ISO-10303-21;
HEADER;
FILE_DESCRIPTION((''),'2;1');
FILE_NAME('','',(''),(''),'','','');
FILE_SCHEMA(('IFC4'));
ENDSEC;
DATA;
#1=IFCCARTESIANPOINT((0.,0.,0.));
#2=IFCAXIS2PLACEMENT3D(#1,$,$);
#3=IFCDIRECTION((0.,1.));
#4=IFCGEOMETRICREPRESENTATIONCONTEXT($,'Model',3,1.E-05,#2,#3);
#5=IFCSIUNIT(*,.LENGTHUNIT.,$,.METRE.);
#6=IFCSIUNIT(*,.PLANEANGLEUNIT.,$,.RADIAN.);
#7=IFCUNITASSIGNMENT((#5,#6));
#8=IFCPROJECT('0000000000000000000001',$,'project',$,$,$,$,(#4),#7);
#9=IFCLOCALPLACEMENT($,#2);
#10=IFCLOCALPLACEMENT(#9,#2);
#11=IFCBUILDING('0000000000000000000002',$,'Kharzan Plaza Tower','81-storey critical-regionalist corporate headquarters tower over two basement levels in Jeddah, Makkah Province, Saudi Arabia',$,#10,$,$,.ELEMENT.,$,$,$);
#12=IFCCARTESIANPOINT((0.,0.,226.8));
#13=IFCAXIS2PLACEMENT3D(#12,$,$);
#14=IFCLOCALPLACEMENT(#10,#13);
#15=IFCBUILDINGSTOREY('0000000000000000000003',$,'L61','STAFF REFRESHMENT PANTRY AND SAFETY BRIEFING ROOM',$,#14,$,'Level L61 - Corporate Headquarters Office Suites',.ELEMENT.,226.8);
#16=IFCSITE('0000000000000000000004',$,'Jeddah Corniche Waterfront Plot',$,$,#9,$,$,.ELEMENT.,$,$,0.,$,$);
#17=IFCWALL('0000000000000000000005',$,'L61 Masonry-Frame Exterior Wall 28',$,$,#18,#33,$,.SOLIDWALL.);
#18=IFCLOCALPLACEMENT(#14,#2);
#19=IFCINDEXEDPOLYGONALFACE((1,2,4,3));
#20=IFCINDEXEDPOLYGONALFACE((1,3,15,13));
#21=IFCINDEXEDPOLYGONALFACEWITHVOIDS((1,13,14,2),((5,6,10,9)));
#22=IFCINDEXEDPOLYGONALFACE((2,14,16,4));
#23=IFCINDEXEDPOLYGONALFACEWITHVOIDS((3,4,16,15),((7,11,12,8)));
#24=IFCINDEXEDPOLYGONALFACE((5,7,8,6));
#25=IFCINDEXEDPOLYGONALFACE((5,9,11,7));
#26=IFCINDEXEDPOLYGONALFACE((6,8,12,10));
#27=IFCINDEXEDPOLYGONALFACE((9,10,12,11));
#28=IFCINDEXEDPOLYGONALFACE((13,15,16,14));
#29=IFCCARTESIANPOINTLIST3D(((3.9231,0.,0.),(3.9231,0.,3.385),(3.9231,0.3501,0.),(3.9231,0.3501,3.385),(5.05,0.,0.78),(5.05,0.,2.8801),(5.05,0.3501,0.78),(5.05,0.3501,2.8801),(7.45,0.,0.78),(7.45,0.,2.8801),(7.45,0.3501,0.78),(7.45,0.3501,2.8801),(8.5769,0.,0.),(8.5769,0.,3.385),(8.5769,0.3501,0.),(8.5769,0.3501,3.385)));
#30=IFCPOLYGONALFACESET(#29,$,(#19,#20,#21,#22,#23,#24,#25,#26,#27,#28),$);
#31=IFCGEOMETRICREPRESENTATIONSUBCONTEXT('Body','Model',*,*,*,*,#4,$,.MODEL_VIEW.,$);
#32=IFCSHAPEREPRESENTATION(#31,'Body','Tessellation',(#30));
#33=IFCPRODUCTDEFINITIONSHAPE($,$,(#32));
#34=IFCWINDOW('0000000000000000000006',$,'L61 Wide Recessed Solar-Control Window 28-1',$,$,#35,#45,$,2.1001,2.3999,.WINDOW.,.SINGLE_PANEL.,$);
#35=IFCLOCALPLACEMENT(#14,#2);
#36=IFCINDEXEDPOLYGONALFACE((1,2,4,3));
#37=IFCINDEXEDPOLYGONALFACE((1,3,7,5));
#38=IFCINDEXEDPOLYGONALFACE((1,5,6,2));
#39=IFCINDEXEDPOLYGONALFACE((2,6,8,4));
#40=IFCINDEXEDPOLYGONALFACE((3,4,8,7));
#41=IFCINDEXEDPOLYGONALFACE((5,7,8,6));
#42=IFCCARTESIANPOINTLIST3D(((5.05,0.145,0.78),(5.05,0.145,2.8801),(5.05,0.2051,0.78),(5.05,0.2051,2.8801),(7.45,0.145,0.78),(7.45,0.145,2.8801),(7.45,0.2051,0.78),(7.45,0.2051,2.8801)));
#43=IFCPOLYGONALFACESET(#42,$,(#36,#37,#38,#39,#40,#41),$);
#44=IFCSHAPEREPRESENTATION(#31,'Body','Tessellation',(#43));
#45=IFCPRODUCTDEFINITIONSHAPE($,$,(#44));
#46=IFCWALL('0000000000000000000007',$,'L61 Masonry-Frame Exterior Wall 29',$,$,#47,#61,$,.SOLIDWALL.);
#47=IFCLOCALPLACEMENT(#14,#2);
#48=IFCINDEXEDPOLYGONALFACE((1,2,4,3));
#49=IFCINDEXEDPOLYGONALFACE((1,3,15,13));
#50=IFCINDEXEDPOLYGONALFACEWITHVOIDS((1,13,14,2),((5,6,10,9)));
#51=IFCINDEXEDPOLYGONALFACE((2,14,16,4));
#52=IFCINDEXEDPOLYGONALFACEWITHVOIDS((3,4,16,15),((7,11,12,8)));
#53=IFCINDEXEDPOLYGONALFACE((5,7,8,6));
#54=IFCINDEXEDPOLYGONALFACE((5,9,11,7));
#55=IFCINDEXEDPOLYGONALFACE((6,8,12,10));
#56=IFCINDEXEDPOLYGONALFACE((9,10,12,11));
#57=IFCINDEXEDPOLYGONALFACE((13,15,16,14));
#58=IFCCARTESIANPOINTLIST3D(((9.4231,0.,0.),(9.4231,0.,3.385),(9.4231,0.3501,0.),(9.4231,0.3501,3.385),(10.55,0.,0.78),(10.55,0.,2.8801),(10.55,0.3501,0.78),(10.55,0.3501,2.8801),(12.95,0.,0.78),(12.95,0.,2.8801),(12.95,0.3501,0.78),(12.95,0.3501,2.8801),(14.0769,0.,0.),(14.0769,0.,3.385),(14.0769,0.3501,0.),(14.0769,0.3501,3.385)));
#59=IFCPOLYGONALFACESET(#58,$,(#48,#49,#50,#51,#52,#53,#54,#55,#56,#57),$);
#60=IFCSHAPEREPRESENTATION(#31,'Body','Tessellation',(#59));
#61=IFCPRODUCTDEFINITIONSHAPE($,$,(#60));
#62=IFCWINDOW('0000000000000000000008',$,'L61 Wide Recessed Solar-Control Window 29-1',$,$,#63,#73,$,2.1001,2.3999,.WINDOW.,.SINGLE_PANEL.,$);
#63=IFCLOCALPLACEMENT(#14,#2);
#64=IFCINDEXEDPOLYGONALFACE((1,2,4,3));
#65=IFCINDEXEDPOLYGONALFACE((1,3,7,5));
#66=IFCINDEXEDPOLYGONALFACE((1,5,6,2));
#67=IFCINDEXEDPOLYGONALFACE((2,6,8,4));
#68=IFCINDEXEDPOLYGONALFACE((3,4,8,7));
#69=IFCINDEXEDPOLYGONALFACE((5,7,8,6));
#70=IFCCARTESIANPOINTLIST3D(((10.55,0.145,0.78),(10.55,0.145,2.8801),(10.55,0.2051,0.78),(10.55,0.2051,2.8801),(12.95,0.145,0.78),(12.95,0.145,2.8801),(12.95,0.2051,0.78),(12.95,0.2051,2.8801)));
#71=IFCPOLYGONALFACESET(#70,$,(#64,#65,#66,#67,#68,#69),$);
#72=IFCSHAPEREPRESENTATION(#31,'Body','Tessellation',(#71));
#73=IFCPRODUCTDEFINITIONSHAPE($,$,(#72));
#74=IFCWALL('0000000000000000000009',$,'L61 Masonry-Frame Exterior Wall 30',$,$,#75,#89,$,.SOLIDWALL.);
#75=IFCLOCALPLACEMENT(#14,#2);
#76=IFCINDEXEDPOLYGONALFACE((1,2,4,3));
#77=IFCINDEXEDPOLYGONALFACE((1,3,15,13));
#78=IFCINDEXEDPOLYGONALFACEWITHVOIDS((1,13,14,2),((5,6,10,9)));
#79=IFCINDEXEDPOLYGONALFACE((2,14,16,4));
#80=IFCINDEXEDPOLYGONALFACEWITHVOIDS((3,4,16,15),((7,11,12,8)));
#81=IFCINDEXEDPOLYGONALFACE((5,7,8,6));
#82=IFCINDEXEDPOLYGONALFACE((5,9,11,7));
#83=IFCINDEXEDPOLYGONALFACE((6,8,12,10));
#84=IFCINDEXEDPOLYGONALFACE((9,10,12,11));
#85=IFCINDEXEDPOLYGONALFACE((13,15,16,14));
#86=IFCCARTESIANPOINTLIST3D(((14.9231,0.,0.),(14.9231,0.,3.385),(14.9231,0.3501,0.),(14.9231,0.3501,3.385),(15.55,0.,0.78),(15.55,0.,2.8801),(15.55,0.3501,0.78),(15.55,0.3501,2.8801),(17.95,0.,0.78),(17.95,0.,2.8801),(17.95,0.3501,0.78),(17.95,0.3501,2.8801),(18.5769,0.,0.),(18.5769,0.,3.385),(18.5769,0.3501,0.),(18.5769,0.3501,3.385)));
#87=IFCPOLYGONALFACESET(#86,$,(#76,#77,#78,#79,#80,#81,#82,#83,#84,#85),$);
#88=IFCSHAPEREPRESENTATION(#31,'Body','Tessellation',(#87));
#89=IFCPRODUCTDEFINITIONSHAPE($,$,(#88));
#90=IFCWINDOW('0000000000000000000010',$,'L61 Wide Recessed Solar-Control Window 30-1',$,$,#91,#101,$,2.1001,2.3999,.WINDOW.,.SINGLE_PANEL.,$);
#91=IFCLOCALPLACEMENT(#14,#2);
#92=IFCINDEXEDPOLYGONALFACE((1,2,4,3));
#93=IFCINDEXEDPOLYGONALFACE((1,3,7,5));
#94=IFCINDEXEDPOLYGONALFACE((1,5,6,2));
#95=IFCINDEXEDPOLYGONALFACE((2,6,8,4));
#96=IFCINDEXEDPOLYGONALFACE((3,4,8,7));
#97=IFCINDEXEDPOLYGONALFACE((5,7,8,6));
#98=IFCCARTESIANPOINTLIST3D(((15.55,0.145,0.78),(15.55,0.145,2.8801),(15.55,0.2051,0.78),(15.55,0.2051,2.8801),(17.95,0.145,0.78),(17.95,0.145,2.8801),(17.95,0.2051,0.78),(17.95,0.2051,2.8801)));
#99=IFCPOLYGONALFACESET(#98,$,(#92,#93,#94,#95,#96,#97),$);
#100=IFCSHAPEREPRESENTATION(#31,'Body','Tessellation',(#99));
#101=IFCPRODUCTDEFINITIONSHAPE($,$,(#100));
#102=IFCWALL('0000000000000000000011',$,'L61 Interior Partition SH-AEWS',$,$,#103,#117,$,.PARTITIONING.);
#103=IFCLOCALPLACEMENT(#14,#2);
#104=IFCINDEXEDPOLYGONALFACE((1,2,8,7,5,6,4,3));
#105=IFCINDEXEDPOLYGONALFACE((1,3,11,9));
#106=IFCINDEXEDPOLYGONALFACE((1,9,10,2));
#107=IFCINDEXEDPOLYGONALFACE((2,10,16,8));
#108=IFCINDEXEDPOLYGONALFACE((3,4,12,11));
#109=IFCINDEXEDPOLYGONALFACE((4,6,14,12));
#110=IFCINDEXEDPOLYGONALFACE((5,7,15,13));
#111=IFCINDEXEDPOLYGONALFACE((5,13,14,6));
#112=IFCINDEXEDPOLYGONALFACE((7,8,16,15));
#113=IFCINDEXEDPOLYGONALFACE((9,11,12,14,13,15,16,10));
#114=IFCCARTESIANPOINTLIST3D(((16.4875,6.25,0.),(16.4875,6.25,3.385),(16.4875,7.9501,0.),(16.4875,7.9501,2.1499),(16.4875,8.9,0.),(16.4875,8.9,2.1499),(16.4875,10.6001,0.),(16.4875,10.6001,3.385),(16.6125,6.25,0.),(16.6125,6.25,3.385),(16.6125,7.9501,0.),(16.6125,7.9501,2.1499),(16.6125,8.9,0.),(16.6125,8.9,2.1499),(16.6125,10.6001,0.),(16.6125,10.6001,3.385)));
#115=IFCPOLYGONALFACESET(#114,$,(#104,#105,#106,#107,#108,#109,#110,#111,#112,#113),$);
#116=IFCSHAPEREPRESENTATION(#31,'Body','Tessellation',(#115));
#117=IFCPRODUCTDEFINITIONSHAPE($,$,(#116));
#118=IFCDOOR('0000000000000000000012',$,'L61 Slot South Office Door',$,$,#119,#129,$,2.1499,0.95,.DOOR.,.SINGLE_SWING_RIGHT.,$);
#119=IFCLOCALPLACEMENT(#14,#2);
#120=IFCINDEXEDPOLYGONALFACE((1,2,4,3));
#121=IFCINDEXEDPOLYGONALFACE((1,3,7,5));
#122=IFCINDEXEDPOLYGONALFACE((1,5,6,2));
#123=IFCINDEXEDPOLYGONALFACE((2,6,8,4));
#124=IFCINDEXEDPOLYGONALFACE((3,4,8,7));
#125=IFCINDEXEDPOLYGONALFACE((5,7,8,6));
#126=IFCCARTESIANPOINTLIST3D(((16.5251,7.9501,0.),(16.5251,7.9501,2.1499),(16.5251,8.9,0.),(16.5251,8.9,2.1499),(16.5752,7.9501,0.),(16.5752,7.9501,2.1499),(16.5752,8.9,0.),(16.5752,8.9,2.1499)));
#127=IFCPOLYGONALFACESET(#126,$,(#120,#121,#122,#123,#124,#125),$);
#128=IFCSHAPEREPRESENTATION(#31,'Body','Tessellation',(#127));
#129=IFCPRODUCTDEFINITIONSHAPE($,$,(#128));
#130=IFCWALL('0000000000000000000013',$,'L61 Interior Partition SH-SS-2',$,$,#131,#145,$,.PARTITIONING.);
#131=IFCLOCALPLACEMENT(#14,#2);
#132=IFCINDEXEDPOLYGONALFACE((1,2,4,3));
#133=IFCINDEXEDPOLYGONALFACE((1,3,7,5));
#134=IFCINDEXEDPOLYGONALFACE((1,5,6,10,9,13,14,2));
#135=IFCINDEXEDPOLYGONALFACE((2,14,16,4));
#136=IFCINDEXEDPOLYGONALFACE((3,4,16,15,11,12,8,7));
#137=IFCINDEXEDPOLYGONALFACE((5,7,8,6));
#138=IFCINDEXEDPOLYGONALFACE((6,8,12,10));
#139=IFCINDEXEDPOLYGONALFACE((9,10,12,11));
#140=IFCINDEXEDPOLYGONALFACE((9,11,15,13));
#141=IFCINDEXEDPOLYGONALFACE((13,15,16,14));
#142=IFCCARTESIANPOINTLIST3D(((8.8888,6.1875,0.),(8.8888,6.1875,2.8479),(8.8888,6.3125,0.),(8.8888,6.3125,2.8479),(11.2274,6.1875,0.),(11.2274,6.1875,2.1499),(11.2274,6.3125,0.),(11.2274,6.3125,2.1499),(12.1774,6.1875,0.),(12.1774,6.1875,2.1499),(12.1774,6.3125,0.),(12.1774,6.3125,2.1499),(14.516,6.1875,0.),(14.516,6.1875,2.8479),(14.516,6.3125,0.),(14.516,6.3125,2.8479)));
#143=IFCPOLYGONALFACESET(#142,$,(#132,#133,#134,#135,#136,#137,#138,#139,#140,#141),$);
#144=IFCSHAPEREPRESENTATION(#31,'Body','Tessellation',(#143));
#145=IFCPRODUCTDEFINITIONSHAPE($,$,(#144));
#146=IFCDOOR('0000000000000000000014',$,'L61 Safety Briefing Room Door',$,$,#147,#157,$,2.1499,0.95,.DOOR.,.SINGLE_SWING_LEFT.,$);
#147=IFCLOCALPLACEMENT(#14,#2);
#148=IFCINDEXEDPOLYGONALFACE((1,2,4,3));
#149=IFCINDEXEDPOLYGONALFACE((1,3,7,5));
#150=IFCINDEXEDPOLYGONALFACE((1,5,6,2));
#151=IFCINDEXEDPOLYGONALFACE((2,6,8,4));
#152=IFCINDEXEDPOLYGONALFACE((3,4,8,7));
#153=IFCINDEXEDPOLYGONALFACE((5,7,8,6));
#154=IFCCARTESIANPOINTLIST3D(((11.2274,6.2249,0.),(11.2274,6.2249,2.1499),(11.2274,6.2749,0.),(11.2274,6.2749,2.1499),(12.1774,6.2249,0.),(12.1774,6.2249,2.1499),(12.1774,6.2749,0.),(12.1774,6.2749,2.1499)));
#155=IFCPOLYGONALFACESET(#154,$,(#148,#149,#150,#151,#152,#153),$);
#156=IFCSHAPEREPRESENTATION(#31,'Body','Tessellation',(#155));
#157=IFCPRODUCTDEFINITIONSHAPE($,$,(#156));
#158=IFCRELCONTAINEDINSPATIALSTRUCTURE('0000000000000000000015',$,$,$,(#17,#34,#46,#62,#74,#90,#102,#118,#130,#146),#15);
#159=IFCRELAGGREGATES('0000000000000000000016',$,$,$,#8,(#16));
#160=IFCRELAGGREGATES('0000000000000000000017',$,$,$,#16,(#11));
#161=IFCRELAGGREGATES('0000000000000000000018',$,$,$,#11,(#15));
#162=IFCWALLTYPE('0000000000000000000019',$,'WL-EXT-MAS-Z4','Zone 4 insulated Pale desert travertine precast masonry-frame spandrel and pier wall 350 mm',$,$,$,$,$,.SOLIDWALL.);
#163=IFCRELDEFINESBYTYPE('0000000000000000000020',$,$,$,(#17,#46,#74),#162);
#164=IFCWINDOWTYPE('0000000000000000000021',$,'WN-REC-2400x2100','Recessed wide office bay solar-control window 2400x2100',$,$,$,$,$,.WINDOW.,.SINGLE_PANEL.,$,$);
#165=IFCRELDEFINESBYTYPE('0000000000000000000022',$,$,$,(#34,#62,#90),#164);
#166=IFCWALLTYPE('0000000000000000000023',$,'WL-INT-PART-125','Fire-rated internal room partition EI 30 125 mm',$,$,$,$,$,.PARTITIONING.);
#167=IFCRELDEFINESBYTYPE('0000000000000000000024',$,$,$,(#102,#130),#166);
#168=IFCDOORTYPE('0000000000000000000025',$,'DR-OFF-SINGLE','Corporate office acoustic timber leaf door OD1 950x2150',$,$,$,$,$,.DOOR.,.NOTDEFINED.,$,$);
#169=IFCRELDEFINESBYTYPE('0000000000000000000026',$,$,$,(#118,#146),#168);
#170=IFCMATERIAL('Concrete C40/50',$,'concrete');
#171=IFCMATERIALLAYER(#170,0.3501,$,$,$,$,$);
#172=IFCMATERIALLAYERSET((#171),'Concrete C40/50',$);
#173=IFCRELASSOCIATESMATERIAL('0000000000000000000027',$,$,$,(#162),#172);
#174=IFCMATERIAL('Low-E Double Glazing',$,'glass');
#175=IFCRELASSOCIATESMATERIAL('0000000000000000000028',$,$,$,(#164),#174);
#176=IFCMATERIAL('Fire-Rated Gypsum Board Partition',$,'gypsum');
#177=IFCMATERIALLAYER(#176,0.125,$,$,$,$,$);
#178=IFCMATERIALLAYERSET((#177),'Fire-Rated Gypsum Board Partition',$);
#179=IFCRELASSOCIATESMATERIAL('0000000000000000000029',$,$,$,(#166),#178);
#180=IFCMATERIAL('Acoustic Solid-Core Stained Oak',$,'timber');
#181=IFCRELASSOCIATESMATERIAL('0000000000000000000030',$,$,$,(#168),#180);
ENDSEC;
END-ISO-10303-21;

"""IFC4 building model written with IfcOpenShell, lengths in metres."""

from ifc_helpers import new_model, si_unit, direction, frame, frame_2d, origin, place, context, subcontext, project, spatial, rectangle, extrude, source, transform, mapped, material, layer, layer_set, type_object, element, fill, save


model = new_model("IFC4")

# Units and contexts
model_context = context("Model", 3, precision=1e-05, world=origin(), true_north=direction((0.0, 1.0)))
body_context = subcontext(model_context, "Body", "Model", "MODEL_VIEW")
ifc_project = project(units=[si_unit("LENGTHUNIT", "METRE"), si_unit("PLANEANGLEUNIT", "RADIAN")], contexts=[model_context])

# Site, building, storey
site_placement = place(None, origin())
site = spatial("IfcSite", under=ifc_project, at=site_placement, Name="Jeddah Corniche Waterfront Plot", CompositionType="ELEMENT", RefElevation=0.0)
building_placement = place(site_placement, origin())
building = spatial("IfcBuilding", under=site, at=building_placement, Name="Kharzan Plaza Tower", Description="81-storey critical-regionalist corporate headquarters tower over two basement levels in Jeddah, Makkah Province, Saudi Arabia", CompositionType="ELEMENT")
storey_placement = place(building_placement, frame((0.0, 0.0, 226.8)))
storey = spatial("IfcBuildingStorey", under=building, at=storey_placement, Name="L61", Description="STAFF REFRESHMENT PANTRY AND SAFETY BRIEFING ROOM", LongName="Level L61 - Corporate Headquarters Office Suites", CompositionType="ELEMENT", Elevation=226.8)

# Walls, openings, windows
ifc_material_1 = material(Name="Concrete C40/50", Category="concrete")
ifc_layer_1 = layer(ifc_material_1, 0.3501)
ifc_layer_set_1 = layer_set([ifc_layer_1], Name="Concrete C40/50")
wall_type_1 = type_object("IfcWallType", Name="WL-EXT-MAS-Z4", Description="Zone 4 insulated Pale desert travertine precast masonry-frame spandrel and pier wall 350 mm", PredefinedType="SOLIDWALL", material=ifc_layer_set_1)
ifc_material_2 = material(Name="Low-E Double Glazing", Category="glass")
wall_1_placement = place(storey_placement, frame((3.9231, 0.175, 0.0), z_axis=(0.0, 0.0, 1.0), x_axis=(1.0, 0.0, 0.0)))
wall_1 = element("IfcWall", 1, at=wall_1_placement, inside=storey, type_object=wall_type_1, Name="L61 Masonry-Frame Exterior Wall 28", PredefinedType="SOLIDWALL", context=body_context, shape_type="SweptSolid", body=[
    extrude(rectangle(XDim=4.6538, YDim=0.3501, at=frame_2d((2.3269, 0.0))), origin(), (0.0, 0.0, 1.0), 3.385),
])
opening_1_placement = place(wall_1_placement, frame((1.127, 0.0, 0.78)))
opening_1 = element("IfcOpeningElement", 2, at=opening_1_placement, cuts=wall_1, PredefinedType="OPENING", context=body_context, shape_type="SweptSolid", body=[
    extrude(rectangle(XDim=2.3999, YDim=2.1001, at=frame_2d((1.2, 1.05))), frame((0.0, 0.1851, 0.0), z_axis=(0.0, -1.0, 0.0), x_axis=(1.0, 0.0, 0.0)), (0.0, 0.0, 1.0), 0.3701),
])
window_type_1 = type_object("IfcWindowType", Name="WN-REC-2400x2100", Description="Recessed wide office bay solar-control window 2400x2100", PartitioningType="SINGLE_PANEL", PredefinedType="WINDOW", material=ifc_material_2)
shared_shape_1 = source(origin(), body_context, "Body", "SweptSolid", [
    extrude(rectangle(XDim=2.3999, YDim=2.1001, at=frame_2d((1.2, 1.05))), frame((0.0, 0.03, 0.0), z_axis=(0.0, -1.0, 0.0), x_axis=(1.0, 0.0, 0.0)), (0.0, 0.0, 1.0), 0.0601),
])
window_1_placement = place(opening_1_placement, origin())
window_1 = element("IfcWindow", 3, at=window_1_placement, inside=storey, type_object=window_type_1, Name="L61 Wide Recessed Solar-Control Window 28-1", OverallHeight=2.1001, OverallWidth=2.3999, PartitioningType="SINGLE_PANEL", PredefinedType="WINDOW", context=body_context, shape_type="MappedRepresentation", body=[
    mapped(shared_shape_1, transform((0.0, 0.0, 0.0), x_axis=(1.0, 0.0, 0.0), y_axis=(0.0, 1.0, 0.0), z_axis=(0.0, 0.0, 1.0))),
])
fill(opening_1, window_1)
wall_2_placement = place(storey_placement, frame((9.4231, 0.175, 0.0), z_axis=(0.0, 0.0, 1.0), x_axis=(1.0, 0.0, 0.0)))
wall_2 = element("IfcWall", 4, at=wall_2_placement, inside=storey, type_object=wall_type_1, Name="L61 Masonry-Frame Exterior Wall 29", PredefinedType="SOLIDWALL", context=body_context, shape_type="SweptSolid", body=[
    extrude(rectangle(XDim=4.6538, YDim=0.3501, at=frame_2d((2.3269, 0.0))), origin(), (0.0, 0.0, 1.0), 3.385),
])
opening_2_placement = place(wall_2_placement, frame((1.127, 0.0, 0.78)))
opening_2 = element("IfcOpeningElement", 5, at=opening_2_placement, cuts=wall_2, PredefinedType="OPENING", context=body_context, shape_type="SweptSolid", body=[
    extrude(rectangle(XDim=2.3999, YDim=2.1001, at=frame_2d((1.2, 1.05))), frame((0.0, 0.1851, 0.0), z_axis=(0.0, -1.0, 0.0), x_axis=(1.0, 0.0, 0.0)), (0.0, 0.0, 1.0), 0.3701),
])
window_2_placement = place(opening_2_placement, origin())
window_2 = element("IfcWindow", 6, at=window_2_placement, inside=storey, type_object=window_type_1, Name="L61 Wide Recessed Solar-Control Window 29-1", OverallHeight=2.1001, OverallWidth=2.3999, PartitioningType="SINGLE_PANEL", PredefinedType="WINDOW", context=body_context, shape_type="MappedRepresentation", body=[
    mapped(shared_shape_1, transform((0.0, 0.0, 0.0), x_axis=(1.0, 0.0, 0.0), y_axis=(0.0, 1.0, 0.0), z_axis=(0.0, 0.0, 1.0))),
])
fill(opening_2, window_2)
wall_3_placement = place(storey_placement, frame((14.9231, 0.175, 0.0), z_axis=(0.0, 0.0, 1.0), x_axis=(1.0, 0.0, 0.0)))
wall_3 = element("IfcWall", 7, at=wall_3_placement, inside=storey, type_object=wall_type_1, Name="L61 Masonry-Frame Exterior Wall 30", PredefinedType="SOLIDWALL", context=body_context, shape_type="SweptSolid", body=[
    extrude(rectangle(XDim=3.6538, YDim=0.3501, at=frame_2d((1.8269, 0.0))), origin(), (0.0, 0.0, 1.0), 3.385),
])
opening_3_placement = place(wall_3_placement, frame((0.627, 0.0, 0.78)))
opening_3 = element("IfcOpeningElement", 8, at=opening_3_placement, cuts=wall_3, PredefinedType="OPENING", context=body_context, shape_type="SweptSolid", body=[
    extrude(rectangle(XDim=2.3999, YDim=2.1001, at=frame_2d((1.2, 1.05))), frame((0.0, 0.1851, 0.0), z_axis=(0.0, -1.0, 0.0), x_axis=(1.0, 0.0, 0.0)), (0.0, 0.0, 1.0), 0.3701),
])
window_3_placement = place(opening_3_placement, origin())
window_3 = element("IfcWindow", 9, at=window_3_placement, inside=storey, type_object=window_type_1, Name="L61 Wide Recessed Solar-Control Window 30-1", OverallHeight=2.1001, OverallWidth=2.3999, PartitioningType="SINGLE_PANEL", PredefinedType="WINDOW", context=body_context, shape_type="MappedRepresentation", body=[
    mapped(shared_shape_1, transform((0.0, 0.0, 0.0), x_axis=(1.0, 0.0, 0.0), y_axis=(0.0, 1.0, 0.0), z_axis=(0.0, 0.0, 1.0))),
])
fill(opening_3, window_3)

# Walls, openings, doors
ifc_material_3 = material(Name="Fire-Rated Gypsum Board Partition", Category="gypsum")
ifc_layer_2 = layer(ifc_material_3, 0.125)
ifc_layer_set_2 = layer_set([ifc_layer_2], Name="Fire-Rated Gypsum Board Partition")
wall_type_2 = type_object("IfcWallType", Name="WL-INT-PART-125", Description="Fire-rated internal room partition EI 30 125 mm", PredefinedType="PARTITIONING", material=ifc_layer_set_2)
wall_4_placement = place(storey_placement, frame((16.55, 6.25, 0.0), z_axis=(0.0, 0.0, 1.0), x_axis=(0.0, 1.0, 0.0)))
wall_4 = element("IfcWall", 10, at=wall_4_placement, inside=storey, type_object=wall_type_2, Name="L61 Interior Partition SH-AEWS", PredefinedType="PARTITIONING", context=body_context, shape_type="SweptSolid", body=[
    extrude(rectangle(XDim=4.3501, YDim=0.125, at=frame_2d((2.175, 0.0))), origin(), (0.0, 0.0, 1.0), 3.385),
])
opening_4_placement = place(wall_4_placement, frame((1.7, 0.0, 0.0)))
opening_4 = element("IfcOpeningElement", 11, at=opening_4_placement, cuts=wall_4, PredefinedType="OPENING", context=body_context, shape_type="SweptSolid", body=[
    extrude(rectangle(XDim=0.95, YDim=2.1499, at=frame_2d((0.4751, 1.075))), frame((0.0, 0.0725, 0.0), z_axis=(0.0, -1.0, 0.0), x_axis=(1.0, 0.0, 0.0)), (0.0, 0.0, 1.0), 0.145),
])
ifc_material_4 = material(Name="Acoustic Solid-Core Stained Oak", Category="timber")
door_type = type_object("IfcDoorType", Name="DR-OFF-SINGLE", Description="Corporate office acoustic timber leaf door OD1 950x2150", OperationType="NOTDEFINED", PredefinedType="DOOR", material=ifc_material_4)
shared_shape_2 = source(origin(), body_context, "Body", "SweptSolid", [
    extrude(rectangle(XDim=0.95, YDim=2.1499, at=frame_2d((0.4751, 1.075))), frame((0.0, 0.0249, 0.0), z_axis=(0.0, -1.0, 0.0), x_axis=(1.0, 0.0, 0.0)), (0.0, 0.0, 1.0), 0.05),
])
door_1_placement = place(opening_4_placement, origin())
door_1 = element("IfcDoor", 12, at=door_1_placement, inside=storey, type_object=door_type, Name="L61 Slot South Office Door", OperationType="SINGLE_SWING_RIGHT", OverallHeight=2.1499, OverallWidth=0.95, PredefinedType="DOOR", context=body_context, shape_type="MappedRepresentation", body=[
    mapped(shared_shape_2, transform((0.0, 0.0, 0.0), x_axis=(1.0, 0.0, 0.0), y_axis=(0.0, 1.0, 0.0), z_axis=(0.0, 0.0, 1.0))),
])
fill(opening_4, door_1)
wall_5_placement = place(storey_placement, frame((8.8889, 6.25, 0.0), z_axis=(0.0, 0.0, 1.0), x_axis=(1.0, 0.0, 0.0)))
wall_5 = element("IfcWall", 13, at=wall_5_placement, inside=storey, type_object=wall_type_2, Name="L61 Interior Partition SH-SS-2", PredefinedType="PARTITIONING", context=body_context, shape_type="SweptSolid", body=[
    extrude(rectangle(XDim=5.6272, YDim=0.125, at=frame_2d((2.8135, 0.0))), origin(), (0.0, 0.0, 1.0), 2.8479),
])
opening_5_placement = place(wall_5_placement, frame((2.3384, 0.0, 0.0)))
opening_5 = element("IfcOpeningElement", 14, at=opening_5_placement, cuts=wall_5, PredefinedType="OPENING", context=body_context, shape_type="SweptSolid", body=[
    extrude(rectangle(XDim=0.95, YDim=2.1499, at=frame_2d((0.4751, 1.075))), frame((0.0, 0.0725, 0.0), z_axis=(0.0, -1.0, 0.0), x_axis=(1.0, 0.0, 0.0)), (0.0, 0.0, 1.0), 0.145),
])
door_2_placement = place(opening_5_placement, origin())
door_2 = element("IfcDoor", 15, at=door_2_placement, inside=storey, type_object=door_type, Name="L61 Safety Briefing Room Door", OperationType="SINGLE_SWING_LEFT", OverallHeight=2.1499, OverallWidth=0.95, PredefinedType="DOOR", context=body_context, shape_type="MappedRepresentation", body=[
    mapped(shared_shape_2, transform((0.0, 0.0, 0.0), x_axis=(1.0, 0.0, 0.0), y_axis=(0.0, 1.0, 0.0), z_axis=(0.0, 0.0, 1.0))),
])
fill(opening_5, door_2)

save(model, "model.ifc")
